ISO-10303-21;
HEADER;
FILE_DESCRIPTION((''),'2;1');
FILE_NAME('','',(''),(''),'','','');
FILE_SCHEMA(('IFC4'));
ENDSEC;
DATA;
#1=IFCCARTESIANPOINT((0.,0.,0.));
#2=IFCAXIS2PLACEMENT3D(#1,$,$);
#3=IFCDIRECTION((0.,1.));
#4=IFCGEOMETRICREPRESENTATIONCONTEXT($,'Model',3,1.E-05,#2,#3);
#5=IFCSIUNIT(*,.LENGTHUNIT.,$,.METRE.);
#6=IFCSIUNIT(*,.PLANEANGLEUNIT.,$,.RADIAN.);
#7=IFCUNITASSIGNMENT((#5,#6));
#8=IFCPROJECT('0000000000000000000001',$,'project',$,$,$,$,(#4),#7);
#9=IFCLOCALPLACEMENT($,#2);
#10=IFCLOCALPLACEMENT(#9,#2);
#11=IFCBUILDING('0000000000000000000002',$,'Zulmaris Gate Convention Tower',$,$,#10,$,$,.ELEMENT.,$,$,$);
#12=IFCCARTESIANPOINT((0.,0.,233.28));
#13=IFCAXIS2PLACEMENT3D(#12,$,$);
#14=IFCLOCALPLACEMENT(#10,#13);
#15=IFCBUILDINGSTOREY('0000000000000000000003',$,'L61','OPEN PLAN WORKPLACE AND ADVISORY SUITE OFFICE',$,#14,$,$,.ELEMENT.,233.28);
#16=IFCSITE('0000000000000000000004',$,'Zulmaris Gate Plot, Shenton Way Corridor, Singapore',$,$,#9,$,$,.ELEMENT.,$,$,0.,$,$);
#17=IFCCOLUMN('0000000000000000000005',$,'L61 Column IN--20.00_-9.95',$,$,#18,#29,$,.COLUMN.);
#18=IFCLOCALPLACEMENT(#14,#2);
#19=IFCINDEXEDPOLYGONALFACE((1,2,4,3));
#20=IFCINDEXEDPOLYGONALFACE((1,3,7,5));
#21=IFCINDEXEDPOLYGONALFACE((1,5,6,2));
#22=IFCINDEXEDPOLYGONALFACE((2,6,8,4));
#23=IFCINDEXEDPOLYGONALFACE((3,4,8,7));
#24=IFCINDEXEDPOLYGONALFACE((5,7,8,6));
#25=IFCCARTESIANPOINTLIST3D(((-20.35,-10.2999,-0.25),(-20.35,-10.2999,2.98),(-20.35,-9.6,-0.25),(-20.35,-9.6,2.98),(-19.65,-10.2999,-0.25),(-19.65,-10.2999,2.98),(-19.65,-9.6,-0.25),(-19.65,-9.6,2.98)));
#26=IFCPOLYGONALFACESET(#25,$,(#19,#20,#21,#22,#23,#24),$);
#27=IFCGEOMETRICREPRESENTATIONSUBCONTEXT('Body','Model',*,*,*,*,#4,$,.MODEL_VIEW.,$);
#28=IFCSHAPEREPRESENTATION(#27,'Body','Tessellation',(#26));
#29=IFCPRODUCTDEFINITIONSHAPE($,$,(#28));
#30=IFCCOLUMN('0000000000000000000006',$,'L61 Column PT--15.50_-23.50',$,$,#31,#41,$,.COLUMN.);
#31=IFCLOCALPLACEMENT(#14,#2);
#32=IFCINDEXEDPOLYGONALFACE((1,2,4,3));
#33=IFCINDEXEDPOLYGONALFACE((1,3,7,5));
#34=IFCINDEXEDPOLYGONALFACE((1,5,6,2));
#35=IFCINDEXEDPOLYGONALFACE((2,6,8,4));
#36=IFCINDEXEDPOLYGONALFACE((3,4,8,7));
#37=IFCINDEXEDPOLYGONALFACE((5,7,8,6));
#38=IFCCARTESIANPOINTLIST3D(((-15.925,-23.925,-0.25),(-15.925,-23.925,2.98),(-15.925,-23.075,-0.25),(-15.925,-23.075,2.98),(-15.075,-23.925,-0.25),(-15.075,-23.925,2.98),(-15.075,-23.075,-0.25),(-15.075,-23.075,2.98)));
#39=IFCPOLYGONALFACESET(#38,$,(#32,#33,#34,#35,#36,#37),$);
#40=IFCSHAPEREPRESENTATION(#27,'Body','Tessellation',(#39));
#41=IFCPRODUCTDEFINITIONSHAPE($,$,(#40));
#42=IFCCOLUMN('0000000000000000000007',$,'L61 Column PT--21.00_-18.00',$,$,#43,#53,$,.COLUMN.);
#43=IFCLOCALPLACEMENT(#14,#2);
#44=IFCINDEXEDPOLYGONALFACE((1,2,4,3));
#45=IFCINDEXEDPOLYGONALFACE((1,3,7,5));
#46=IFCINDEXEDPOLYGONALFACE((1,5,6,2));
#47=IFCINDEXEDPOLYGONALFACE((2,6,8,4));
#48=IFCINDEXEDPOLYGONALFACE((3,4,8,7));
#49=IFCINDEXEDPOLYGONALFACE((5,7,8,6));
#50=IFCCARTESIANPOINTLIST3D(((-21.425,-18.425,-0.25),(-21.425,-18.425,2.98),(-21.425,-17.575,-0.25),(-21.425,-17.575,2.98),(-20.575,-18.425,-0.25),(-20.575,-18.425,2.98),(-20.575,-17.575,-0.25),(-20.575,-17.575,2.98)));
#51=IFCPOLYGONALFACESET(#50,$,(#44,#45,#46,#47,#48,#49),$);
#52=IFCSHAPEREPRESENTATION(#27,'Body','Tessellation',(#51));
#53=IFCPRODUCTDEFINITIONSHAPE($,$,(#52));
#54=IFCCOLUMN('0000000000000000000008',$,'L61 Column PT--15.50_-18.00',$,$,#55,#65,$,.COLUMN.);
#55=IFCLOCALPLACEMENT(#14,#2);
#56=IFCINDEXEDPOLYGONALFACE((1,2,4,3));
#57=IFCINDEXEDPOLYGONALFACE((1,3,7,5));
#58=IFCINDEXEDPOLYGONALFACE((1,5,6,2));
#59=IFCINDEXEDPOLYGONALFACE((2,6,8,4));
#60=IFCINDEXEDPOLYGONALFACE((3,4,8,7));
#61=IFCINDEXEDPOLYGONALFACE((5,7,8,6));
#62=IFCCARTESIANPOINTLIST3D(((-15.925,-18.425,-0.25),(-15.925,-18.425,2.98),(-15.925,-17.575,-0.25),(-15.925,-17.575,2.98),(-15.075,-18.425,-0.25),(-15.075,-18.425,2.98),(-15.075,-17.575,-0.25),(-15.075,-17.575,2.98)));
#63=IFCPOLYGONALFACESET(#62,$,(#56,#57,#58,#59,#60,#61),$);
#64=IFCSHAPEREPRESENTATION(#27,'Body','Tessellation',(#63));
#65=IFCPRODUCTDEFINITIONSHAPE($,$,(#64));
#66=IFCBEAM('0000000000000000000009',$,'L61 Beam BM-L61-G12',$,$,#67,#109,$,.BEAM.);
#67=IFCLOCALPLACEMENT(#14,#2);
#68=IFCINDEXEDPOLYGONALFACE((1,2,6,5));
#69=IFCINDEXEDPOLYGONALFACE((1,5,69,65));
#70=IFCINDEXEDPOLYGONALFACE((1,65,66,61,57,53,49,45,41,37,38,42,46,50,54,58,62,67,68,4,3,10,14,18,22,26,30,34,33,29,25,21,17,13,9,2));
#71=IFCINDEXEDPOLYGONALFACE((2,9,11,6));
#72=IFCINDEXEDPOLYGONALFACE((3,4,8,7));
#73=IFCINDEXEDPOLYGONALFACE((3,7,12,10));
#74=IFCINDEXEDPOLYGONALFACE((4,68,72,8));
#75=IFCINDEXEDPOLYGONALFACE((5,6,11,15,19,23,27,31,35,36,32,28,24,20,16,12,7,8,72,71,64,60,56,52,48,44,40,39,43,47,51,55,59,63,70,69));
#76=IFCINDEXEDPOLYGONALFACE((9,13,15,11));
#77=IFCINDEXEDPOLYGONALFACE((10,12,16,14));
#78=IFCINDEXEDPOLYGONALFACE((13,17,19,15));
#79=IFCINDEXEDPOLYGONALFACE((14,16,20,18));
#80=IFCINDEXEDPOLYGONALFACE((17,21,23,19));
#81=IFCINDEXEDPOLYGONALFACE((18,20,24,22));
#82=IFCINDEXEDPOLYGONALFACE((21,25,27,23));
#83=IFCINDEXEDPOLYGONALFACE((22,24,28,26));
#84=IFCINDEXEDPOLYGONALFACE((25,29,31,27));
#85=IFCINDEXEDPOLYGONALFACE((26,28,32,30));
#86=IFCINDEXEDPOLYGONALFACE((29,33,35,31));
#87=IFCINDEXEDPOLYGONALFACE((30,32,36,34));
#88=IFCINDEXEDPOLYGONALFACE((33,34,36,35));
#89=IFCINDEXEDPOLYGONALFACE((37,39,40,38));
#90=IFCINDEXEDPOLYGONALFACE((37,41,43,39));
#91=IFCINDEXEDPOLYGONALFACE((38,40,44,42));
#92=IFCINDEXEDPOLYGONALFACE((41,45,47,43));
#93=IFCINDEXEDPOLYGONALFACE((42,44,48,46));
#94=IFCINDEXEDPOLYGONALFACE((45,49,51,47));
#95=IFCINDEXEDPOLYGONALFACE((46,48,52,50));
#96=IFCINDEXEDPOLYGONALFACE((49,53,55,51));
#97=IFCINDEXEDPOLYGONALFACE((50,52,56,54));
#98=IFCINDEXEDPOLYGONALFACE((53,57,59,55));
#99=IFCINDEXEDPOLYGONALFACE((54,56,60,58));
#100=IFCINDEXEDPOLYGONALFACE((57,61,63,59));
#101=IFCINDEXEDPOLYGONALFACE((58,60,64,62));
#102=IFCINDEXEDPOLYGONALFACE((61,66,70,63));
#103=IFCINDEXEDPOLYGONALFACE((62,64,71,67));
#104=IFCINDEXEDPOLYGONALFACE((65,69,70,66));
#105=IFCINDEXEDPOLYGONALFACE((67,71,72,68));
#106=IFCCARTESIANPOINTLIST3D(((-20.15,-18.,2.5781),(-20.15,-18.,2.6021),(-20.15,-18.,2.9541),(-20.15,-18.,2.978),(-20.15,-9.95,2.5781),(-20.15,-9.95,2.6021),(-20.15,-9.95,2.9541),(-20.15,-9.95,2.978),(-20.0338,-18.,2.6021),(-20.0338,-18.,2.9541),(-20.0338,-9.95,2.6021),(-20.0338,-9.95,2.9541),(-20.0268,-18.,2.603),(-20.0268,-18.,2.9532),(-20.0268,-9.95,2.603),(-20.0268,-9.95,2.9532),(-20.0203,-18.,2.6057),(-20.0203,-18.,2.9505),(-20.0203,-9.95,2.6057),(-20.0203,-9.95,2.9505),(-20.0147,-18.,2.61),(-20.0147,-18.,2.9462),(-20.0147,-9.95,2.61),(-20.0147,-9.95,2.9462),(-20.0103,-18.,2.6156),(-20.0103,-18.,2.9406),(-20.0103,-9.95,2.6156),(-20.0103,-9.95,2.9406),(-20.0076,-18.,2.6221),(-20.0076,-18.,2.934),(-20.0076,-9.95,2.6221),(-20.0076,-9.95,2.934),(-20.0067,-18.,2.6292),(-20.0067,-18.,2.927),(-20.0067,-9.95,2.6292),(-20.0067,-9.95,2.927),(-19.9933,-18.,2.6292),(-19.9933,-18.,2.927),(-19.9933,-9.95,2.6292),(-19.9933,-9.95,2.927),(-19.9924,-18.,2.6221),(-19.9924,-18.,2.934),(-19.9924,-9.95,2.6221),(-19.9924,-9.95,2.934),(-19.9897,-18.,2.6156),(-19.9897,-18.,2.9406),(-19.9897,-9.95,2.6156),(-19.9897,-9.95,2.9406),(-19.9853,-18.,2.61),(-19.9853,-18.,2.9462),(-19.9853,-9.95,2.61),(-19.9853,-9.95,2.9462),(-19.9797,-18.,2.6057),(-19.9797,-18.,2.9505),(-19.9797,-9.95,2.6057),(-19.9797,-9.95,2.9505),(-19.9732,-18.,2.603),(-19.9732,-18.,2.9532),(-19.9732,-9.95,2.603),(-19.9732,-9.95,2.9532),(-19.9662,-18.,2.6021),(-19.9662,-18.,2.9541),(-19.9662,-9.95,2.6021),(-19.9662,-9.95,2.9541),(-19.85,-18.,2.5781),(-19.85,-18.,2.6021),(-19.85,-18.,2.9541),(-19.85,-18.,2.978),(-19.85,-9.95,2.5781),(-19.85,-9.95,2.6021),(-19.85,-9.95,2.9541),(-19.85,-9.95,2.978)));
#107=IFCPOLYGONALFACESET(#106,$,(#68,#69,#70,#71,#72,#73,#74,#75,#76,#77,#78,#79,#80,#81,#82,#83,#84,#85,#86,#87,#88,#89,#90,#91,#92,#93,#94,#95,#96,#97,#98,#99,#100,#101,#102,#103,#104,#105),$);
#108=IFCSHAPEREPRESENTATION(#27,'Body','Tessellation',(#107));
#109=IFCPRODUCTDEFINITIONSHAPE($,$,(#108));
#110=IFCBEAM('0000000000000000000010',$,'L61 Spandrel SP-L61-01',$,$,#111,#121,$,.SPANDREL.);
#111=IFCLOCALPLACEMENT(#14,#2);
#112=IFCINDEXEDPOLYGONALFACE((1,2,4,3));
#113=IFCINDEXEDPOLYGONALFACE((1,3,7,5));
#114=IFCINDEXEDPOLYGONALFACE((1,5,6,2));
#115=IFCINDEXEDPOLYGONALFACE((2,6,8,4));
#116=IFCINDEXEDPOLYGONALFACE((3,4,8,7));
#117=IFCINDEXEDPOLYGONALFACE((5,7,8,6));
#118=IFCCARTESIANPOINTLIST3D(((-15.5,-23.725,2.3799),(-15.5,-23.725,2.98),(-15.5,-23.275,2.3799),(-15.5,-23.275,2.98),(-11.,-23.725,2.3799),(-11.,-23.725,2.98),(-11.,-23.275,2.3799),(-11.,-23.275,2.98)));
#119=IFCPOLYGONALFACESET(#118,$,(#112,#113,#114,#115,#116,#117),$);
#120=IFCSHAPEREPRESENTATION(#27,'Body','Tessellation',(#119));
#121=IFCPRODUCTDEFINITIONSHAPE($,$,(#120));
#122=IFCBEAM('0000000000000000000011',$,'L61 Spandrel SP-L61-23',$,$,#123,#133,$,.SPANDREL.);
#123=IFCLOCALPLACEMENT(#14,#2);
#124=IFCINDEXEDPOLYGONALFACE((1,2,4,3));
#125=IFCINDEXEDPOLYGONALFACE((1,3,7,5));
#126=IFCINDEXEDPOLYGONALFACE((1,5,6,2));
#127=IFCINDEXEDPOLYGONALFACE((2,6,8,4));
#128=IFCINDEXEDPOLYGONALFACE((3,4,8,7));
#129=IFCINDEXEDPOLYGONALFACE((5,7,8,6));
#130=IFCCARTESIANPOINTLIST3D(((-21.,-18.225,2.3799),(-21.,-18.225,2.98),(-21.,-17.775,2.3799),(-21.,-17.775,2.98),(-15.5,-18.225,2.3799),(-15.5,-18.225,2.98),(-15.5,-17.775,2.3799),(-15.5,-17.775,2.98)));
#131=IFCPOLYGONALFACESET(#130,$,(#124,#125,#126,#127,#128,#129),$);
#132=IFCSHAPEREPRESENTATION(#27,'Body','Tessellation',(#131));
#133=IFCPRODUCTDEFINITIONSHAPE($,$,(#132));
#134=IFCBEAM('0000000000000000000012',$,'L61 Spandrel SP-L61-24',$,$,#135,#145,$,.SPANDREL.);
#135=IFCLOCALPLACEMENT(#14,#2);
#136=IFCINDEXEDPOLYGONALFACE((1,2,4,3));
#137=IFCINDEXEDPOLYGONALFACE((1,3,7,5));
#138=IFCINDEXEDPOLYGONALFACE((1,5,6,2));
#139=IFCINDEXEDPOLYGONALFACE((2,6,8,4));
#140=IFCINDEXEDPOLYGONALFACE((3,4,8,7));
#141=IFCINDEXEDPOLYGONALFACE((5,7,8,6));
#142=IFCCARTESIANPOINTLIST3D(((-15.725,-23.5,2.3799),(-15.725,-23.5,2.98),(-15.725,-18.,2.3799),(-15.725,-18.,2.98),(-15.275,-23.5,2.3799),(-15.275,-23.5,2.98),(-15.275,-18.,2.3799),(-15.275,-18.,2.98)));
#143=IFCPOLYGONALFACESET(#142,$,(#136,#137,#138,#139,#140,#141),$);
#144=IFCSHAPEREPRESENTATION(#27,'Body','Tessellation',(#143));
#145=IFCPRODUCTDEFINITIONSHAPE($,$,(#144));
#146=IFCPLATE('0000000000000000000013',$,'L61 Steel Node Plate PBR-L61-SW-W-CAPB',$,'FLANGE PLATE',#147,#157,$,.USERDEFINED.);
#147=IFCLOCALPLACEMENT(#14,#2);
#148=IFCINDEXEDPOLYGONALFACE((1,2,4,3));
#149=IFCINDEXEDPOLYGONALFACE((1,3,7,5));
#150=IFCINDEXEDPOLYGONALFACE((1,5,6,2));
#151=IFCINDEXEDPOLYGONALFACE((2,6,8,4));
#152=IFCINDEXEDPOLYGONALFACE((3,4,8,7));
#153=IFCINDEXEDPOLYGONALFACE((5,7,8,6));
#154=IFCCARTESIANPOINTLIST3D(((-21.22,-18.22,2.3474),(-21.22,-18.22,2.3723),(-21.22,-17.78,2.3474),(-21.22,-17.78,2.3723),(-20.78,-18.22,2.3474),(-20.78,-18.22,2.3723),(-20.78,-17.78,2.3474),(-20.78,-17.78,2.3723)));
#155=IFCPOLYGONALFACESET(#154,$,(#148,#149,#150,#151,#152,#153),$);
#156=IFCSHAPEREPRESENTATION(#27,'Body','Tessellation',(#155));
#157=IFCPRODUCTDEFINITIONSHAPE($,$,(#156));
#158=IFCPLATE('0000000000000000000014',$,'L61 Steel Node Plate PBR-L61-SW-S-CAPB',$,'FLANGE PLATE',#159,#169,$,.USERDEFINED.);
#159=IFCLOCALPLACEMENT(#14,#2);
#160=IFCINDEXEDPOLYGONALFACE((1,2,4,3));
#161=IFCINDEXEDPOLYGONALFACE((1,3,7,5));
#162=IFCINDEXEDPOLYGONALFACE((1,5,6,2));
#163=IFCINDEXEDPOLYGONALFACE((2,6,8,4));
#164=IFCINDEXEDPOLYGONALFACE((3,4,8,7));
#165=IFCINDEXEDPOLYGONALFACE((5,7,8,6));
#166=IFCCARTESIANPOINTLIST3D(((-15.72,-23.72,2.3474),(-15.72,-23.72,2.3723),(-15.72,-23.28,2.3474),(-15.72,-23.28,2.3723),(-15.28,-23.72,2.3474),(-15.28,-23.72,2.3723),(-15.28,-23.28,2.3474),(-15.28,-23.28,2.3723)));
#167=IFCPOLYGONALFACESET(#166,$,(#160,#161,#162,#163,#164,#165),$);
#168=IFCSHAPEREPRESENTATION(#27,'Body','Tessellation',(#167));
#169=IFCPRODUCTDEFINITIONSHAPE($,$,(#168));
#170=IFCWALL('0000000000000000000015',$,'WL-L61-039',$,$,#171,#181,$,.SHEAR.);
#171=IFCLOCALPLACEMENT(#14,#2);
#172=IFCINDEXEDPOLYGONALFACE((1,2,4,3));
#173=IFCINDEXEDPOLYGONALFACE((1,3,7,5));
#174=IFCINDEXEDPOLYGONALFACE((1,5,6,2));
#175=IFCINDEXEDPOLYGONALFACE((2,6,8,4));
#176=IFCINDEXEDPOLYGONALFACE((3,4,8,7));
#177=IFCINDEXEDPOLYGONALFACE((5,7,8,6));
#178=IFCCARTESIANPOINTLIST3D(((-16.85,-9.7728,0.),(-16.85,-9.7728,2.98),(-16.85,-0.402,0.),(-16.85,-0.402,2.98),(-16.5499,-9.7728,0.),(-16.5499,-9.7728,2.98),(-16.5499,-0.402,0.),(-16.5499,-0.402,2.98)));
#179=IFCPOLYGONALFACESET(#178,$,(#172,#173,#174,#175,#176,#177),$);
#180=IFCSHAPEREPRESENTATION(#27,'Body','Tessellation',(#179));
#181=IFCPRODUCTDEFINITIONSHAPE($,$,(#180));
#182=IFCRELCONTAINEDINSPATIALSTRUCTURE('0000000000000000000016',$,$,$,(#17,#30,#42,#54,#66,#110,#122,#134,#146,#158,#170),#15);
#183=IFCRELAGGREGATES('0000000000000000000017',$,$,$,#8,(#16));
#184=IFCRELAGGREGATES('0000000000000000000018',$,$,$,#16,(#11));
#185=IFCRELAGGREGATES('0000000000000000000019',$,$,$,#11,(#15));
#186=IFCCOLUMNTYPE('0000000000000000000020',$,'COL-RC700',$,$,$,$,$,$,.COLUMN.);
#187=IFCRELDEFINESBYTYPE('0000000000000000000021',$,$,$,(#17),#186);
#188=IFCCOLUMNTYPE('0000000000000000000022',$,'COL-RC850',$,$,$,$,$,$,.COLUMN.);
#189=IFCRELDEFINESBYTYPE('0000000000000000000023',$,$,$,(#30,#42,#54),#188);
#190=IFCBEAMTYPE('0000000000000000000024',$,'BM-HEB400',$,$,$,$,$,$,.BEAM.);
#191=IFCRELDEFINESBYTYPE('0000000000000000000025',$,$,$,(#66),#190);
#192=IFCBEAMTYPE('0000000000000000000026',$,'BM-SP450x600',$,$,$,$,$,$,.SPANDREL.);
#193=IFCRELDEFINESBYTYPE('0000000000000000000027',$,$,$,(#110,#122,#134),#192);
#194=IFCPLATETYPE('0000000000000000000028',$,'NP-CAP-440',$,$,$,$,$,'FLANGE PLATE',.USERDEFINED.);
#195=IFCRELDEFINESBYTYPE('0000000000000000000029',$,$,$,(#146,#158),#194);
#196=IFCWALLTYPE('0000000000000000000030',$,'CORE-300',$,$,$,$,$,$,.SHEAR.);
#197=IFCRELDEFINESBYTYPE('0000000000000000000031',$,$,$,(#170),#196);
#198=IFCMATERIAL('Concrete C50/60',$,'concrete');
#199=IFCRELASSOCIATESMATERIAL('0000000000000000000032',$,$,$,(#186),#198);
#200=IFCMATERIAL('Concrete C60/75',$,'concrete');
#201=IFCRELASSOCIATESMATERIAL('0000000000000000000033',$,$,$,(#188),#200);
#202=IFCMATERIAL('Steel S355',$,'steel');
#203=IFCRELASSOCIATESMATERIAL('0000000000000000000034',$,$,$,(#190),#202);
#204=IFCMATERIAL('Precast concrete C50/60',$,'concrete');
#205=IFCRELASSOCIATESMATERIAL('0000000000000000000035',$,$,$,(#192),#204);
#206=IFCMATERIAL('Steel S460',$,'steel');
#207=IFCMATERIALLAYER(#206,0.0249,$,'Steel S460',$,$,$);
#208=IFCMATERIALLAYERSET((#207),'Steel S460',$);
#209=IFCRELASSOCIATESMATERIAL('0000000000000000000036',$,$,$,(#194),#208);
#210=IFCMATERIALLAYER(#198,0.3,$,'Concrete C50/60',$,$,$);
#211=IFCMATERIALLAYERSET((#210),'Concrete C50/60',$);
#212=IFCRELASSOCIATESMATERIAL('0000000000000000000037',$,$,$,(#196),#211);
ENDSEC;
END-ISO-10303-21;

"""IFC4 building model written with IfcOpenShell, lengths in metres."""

from ifc_helpers import new_model, si_unit, direction, frame, frame_2d, origin, origin_2d, place, context, subcontext, project, spatial, rectangle, i_section, extrude, material, layer, layer_set, material_profile, profile_set, type_object, element, save


model = new_model("IFC4")

# Units and contexts
model_context = context("Model", 3, precision=1e-05, world=origin(), true_north=direction((0.0, 1.0)))
body_context = subcontext(model_context, "Body", "Model", "MODEL_VIEW")
ifc_project = project(units=[si_unit("LENGTHUNIT", "METRE"), si_unit("PLANEANGLEUNIT", "RADIAN")], contexts=[model_context])

# Site, building, storey
site_placement = place(None, origin())
site = spatial("IfcSite", under=ifc_project, at=site_placement, Name="Zulmaris Gate Plot, Shenton Way Corridor, Singapore", CompositionType="ELEMENT", RefElevation=0.0)
building_placement = place(site_placement, origin())
building = spatial("IfcBuilding", under=site, at=building_placement, Name="Zulmaris Gate Convention Tower", CompositionType="ELEMENT")
storey_placement = place(building_placement, frame((0.0, 0.0, 233.28)))
storey = spatial("IfcBuildingStorey", under=building, at=storey_placement, Name="L61", Description="OPEN PLAN WORKPLACE AND ADVISORY SUITE OFFICE", CompositionType="ELEMENT", Elevation=233.28)

# Columns
ifc_material_1 = material(Name="Concrete C50/60", Category="concrete")
ifc_material_profile_1 = material_profile(ifc_material_1, rectangle(XDim=0.7, YDim=0.7, at=origin_2d()), Name="RC COL 700x700")
ifc_profile_set_1 = profile_set([ifc_material_profile_1], Name="Concrete C50/60")
column_type_1 = type_object("IfcColumnType", Name="COL-RC700", PredefinedType="COLUMN", material=ifc_profile_set_1)
column_placement = place(storey_placement, frame((-20.0, -9.95, -0.25), z_axis=(0.0, 0.0, 1.0), x_axis=(1.0, 0.0, 0.0)))
element("IfcColumn", 1, at=column_placement, inside=storey, type_object=column_type_1, Name="L61 Column IN--20.00_-9.95", PredefinedType="COLUMN", context=body_context, shape_type="SweptSolid", body=[
    extrude(rectangle(XDim=0.7, YDim=0.7, at=origin_2d()), origin(), (0.0, 0.0, 1.0), 3.23),
])
ifc_material_2 = material(Name="Concrete C60/75", Category="concrete")
ifc_material_profile_2 = material_profile(ifc_material_2, rectangle(XDim=0.8501, YDim=0.8501, at=origin_2d()), Name="RC COL 850x850")
ifc_profile_set_2 = profile_set([ifc_material_profile_2], Name="Concrete C60/75")
column_type_2 = type_object("IfcColumnType", Name="COL-RC850", PredefinedType="COLUMN", material=ifc_profile_set_2)
for number, where, z_axis, x_axis, name in (
    (2, (-15.5, -23.5, -0.25), (0.0, 0.0, 1.0), (1.0, 0.0, 0.0), "L61 Column PT--15.50_-23.50"),
    (3, (-21.0, -18.0, -0.25), (0.0, 0.0, 1.0), (1.0, 0.0, 0.0), "L61 Column PT--21.00_-18.00"),
    (4, (-15.5, -18.0, -0.25), (0.0, 0.0, 1.0), (1.0, 0.0, 0.0), "L61 Column PT--15.50_-18.00"),
):
    element("IfcColumn", number, at=place(storey_placement, frame(where, z_axis=z_axis, x_axis=x_axis)), inside=storey, type_object=column_type_2, Name=name, PredefinedType="COLUMN", context=body_context, shape_type="SweptSolid", body=[
        extrude(rectangle(XDim=0.8501, YDim=0.8501, at=origin_2d()), origin(), (0.0, 0.0, 1.0), 3.23),
    ])

# Beams
ifc_material_3 = material(Name="Steel S355", Category="steel")
ifc_material_profile_3 = material_profile(ifc_material_3, i_section(OverallWidth=0.3, OverallDepth=0.3999, WebThickness=0.0134, FlangeThickness=0.0239, FilletRadius=0.0271, at=origin_2d()), Name="HEB 400")
ifc_profile_set_3 = profile_set([ifc_material_profile_3], Name="Steel S355")
beam_type_1 = type_object("IfcBeamType", Name="BM-HEB400", PredefinedType="BEAM", material=ifc_profile_set_3)
beam_1_placement = place(storey_placement, frame((-20.0, -18.0, 2.7781), z_axis=(0.0, 1.0, 0.0), x_axis=(-1.0, 0.0, 0.0)))
element("IfcBeam", 5, at=beam_1_placement, inside=storey, type_object=beam_type_1, Name="L61 Beam BM-L61-G12", PredefinedType="BEAM", context=body_context, shape_type="SweptSolid", body=[
    extrude(i_section(OverallWidth=0.3, OverallDepth=0.3999, WebThickness=0.0134, FlangeThickness=0.0239, FilletRadius=0.0271, at=origin_2d()), origin(), (0.0, 0.0, 1.0), 8.05),
])
ifc_material_4 = material(Name="Precast concrete C50/60", Category="concrete")
ifc_material_profile_4 = material_profile(ifc_material_4, rectangle(XDim=0.45, YDim=0.6001, at=origin_2d()), Name="RC SPANDREL 450x600")
ifc_profile_set_4 = profile_set([ifc_material_profile_4], Name="Precast concrete C50/60")
beam_type_2 = type_object("IfcBeamType", Name="BM-SP450x600", PredefinedType="SPANDREL", material=ifc_profile_set_4)
beam_2_placement = place(storey_placement, frame((-15.5, -23.5, 2.6799), z_axis=(1.0, 0.0, 0.0), x_axis=(0.0, 1.0, 0.0)))
element("IfcBeam", 6, at=beam_2_placement, inside=storey, type_object=beam_type_2, Name="L61 Spandrel SP-L61-01", PredefinedType="SPANDREL", context=body_context, shape_type="SweptSolid", body=[
    extrude(rectangle(XDim=0.45, YDim=0.6001, at=origin_2d()), origin(), (0.0, 0.0, 1.0), 4.5),
])
for number, where, z_axis, x_axis, name in (
    (7, (-21.0, -18.0, 2.6799), (1.0, 0.0, 0.0), (0.0, 1.0, 0.0), "L61 Spandrel SP-L61-23"),
    (8, (-15.5, -18.0, 2.6799), (0.0, -1.0, 0.0), (1.0, 0.0, 0.0), "L61 Spandrel SP-L61-24"),
):
    element("IfcBeam", number, at=place(storey_placement, frame(where, z_axis=z_axis, x_axis=x_axis)), inside=storey, type_object=beam_type_2, Name=name, PredefinedType="SPANDREL", context=body_context, shape_type="SweptSolid", body=[
        extrude(rectangle(XDim=0.45, YDim=0.6001, at=origin_2d()), origin(), (0.0, 0.0, 1.0), 5.5),
    ])

# Plates
ifc_material_5 = material(Name="Steel S460", Category="steel")
ifc_layer_1 = layer(ifc_material_5, 0.0249, Name="Steel S460")
ifc_layer_set_1 = layer_set([ifc_layer_1], Name="Steel S460")
plate_type = type_object("IfcPlateType", Name="NP-CAP-440", ElementType="FLANGE PLATE", PredefinedType="USERDEFINED", material=ifc_layer_set_1)
for number, where, z_axis, x_axis, name in (
    (9, (-21.0, -18.0, 2.3474), (0.0, 0.0, 1.0), (1.0, 0.0, 0.0), "L61 Steel Node Plate PBR-L61-SW-W-CAPB"),
    (10, (-15.5, -23.5, 2.3474), (0.0, 0.0, 1.0), (1.0, 0.0, 0.0), "L61 Steel Node Plate PBR-L61-SW-S-CAPB"),
):
    element("IfcPlate", number, at=place(storey_placement, frame(where, z_axis=z_axis, x_axis=x_axis)), inside=storey, type_object=plate_type, Name=name, ObjectType="FLANGE PLATE", PredefinedType="USERDEFINED", context=body_context, shape_type="SweptSolid", body=[
        extrude(rectangle(XDim=0.4399, YDim=0.4399, at=origin_2d()), origin(), (0.0, 0.0, 1.0), 0.0249),
    ])

# Wall
ifc_layer_2 = layer(ifc_material_1, 0.3, Name="Concrete C50/60")
ifc_layer_set_2 = layer_set([ifc_layer_2], Name="Concrete C50/60")
wall_type_1 = type_object("IfcWallType", Name="CORE-300", PredefinedType="SHEAR", material=ifc_layer_set_2)
wall_1_placement = place(storey_placement, frame((-16.7, -9.7729, 0.0), z_axis=(0.0, 0.0, 1.0), x_axis=(0.0, 1.0, 0.0)))
element("IfcWall", 11, at=wall_1_placement, inside=storey, type_object=wall_type_1, Name="WL-L61-039", PredefinedType="SHEAR", context=body_context, shape_type="SweptSolid", body=[
    extrude(rectangle(XDim=9.3708, YDim=0.3, at=frame_2d((4.6855, 0.0))), origin(), (0.0, 0.0, 1.0), 2.98),
])

save(model, "model.ifc")
